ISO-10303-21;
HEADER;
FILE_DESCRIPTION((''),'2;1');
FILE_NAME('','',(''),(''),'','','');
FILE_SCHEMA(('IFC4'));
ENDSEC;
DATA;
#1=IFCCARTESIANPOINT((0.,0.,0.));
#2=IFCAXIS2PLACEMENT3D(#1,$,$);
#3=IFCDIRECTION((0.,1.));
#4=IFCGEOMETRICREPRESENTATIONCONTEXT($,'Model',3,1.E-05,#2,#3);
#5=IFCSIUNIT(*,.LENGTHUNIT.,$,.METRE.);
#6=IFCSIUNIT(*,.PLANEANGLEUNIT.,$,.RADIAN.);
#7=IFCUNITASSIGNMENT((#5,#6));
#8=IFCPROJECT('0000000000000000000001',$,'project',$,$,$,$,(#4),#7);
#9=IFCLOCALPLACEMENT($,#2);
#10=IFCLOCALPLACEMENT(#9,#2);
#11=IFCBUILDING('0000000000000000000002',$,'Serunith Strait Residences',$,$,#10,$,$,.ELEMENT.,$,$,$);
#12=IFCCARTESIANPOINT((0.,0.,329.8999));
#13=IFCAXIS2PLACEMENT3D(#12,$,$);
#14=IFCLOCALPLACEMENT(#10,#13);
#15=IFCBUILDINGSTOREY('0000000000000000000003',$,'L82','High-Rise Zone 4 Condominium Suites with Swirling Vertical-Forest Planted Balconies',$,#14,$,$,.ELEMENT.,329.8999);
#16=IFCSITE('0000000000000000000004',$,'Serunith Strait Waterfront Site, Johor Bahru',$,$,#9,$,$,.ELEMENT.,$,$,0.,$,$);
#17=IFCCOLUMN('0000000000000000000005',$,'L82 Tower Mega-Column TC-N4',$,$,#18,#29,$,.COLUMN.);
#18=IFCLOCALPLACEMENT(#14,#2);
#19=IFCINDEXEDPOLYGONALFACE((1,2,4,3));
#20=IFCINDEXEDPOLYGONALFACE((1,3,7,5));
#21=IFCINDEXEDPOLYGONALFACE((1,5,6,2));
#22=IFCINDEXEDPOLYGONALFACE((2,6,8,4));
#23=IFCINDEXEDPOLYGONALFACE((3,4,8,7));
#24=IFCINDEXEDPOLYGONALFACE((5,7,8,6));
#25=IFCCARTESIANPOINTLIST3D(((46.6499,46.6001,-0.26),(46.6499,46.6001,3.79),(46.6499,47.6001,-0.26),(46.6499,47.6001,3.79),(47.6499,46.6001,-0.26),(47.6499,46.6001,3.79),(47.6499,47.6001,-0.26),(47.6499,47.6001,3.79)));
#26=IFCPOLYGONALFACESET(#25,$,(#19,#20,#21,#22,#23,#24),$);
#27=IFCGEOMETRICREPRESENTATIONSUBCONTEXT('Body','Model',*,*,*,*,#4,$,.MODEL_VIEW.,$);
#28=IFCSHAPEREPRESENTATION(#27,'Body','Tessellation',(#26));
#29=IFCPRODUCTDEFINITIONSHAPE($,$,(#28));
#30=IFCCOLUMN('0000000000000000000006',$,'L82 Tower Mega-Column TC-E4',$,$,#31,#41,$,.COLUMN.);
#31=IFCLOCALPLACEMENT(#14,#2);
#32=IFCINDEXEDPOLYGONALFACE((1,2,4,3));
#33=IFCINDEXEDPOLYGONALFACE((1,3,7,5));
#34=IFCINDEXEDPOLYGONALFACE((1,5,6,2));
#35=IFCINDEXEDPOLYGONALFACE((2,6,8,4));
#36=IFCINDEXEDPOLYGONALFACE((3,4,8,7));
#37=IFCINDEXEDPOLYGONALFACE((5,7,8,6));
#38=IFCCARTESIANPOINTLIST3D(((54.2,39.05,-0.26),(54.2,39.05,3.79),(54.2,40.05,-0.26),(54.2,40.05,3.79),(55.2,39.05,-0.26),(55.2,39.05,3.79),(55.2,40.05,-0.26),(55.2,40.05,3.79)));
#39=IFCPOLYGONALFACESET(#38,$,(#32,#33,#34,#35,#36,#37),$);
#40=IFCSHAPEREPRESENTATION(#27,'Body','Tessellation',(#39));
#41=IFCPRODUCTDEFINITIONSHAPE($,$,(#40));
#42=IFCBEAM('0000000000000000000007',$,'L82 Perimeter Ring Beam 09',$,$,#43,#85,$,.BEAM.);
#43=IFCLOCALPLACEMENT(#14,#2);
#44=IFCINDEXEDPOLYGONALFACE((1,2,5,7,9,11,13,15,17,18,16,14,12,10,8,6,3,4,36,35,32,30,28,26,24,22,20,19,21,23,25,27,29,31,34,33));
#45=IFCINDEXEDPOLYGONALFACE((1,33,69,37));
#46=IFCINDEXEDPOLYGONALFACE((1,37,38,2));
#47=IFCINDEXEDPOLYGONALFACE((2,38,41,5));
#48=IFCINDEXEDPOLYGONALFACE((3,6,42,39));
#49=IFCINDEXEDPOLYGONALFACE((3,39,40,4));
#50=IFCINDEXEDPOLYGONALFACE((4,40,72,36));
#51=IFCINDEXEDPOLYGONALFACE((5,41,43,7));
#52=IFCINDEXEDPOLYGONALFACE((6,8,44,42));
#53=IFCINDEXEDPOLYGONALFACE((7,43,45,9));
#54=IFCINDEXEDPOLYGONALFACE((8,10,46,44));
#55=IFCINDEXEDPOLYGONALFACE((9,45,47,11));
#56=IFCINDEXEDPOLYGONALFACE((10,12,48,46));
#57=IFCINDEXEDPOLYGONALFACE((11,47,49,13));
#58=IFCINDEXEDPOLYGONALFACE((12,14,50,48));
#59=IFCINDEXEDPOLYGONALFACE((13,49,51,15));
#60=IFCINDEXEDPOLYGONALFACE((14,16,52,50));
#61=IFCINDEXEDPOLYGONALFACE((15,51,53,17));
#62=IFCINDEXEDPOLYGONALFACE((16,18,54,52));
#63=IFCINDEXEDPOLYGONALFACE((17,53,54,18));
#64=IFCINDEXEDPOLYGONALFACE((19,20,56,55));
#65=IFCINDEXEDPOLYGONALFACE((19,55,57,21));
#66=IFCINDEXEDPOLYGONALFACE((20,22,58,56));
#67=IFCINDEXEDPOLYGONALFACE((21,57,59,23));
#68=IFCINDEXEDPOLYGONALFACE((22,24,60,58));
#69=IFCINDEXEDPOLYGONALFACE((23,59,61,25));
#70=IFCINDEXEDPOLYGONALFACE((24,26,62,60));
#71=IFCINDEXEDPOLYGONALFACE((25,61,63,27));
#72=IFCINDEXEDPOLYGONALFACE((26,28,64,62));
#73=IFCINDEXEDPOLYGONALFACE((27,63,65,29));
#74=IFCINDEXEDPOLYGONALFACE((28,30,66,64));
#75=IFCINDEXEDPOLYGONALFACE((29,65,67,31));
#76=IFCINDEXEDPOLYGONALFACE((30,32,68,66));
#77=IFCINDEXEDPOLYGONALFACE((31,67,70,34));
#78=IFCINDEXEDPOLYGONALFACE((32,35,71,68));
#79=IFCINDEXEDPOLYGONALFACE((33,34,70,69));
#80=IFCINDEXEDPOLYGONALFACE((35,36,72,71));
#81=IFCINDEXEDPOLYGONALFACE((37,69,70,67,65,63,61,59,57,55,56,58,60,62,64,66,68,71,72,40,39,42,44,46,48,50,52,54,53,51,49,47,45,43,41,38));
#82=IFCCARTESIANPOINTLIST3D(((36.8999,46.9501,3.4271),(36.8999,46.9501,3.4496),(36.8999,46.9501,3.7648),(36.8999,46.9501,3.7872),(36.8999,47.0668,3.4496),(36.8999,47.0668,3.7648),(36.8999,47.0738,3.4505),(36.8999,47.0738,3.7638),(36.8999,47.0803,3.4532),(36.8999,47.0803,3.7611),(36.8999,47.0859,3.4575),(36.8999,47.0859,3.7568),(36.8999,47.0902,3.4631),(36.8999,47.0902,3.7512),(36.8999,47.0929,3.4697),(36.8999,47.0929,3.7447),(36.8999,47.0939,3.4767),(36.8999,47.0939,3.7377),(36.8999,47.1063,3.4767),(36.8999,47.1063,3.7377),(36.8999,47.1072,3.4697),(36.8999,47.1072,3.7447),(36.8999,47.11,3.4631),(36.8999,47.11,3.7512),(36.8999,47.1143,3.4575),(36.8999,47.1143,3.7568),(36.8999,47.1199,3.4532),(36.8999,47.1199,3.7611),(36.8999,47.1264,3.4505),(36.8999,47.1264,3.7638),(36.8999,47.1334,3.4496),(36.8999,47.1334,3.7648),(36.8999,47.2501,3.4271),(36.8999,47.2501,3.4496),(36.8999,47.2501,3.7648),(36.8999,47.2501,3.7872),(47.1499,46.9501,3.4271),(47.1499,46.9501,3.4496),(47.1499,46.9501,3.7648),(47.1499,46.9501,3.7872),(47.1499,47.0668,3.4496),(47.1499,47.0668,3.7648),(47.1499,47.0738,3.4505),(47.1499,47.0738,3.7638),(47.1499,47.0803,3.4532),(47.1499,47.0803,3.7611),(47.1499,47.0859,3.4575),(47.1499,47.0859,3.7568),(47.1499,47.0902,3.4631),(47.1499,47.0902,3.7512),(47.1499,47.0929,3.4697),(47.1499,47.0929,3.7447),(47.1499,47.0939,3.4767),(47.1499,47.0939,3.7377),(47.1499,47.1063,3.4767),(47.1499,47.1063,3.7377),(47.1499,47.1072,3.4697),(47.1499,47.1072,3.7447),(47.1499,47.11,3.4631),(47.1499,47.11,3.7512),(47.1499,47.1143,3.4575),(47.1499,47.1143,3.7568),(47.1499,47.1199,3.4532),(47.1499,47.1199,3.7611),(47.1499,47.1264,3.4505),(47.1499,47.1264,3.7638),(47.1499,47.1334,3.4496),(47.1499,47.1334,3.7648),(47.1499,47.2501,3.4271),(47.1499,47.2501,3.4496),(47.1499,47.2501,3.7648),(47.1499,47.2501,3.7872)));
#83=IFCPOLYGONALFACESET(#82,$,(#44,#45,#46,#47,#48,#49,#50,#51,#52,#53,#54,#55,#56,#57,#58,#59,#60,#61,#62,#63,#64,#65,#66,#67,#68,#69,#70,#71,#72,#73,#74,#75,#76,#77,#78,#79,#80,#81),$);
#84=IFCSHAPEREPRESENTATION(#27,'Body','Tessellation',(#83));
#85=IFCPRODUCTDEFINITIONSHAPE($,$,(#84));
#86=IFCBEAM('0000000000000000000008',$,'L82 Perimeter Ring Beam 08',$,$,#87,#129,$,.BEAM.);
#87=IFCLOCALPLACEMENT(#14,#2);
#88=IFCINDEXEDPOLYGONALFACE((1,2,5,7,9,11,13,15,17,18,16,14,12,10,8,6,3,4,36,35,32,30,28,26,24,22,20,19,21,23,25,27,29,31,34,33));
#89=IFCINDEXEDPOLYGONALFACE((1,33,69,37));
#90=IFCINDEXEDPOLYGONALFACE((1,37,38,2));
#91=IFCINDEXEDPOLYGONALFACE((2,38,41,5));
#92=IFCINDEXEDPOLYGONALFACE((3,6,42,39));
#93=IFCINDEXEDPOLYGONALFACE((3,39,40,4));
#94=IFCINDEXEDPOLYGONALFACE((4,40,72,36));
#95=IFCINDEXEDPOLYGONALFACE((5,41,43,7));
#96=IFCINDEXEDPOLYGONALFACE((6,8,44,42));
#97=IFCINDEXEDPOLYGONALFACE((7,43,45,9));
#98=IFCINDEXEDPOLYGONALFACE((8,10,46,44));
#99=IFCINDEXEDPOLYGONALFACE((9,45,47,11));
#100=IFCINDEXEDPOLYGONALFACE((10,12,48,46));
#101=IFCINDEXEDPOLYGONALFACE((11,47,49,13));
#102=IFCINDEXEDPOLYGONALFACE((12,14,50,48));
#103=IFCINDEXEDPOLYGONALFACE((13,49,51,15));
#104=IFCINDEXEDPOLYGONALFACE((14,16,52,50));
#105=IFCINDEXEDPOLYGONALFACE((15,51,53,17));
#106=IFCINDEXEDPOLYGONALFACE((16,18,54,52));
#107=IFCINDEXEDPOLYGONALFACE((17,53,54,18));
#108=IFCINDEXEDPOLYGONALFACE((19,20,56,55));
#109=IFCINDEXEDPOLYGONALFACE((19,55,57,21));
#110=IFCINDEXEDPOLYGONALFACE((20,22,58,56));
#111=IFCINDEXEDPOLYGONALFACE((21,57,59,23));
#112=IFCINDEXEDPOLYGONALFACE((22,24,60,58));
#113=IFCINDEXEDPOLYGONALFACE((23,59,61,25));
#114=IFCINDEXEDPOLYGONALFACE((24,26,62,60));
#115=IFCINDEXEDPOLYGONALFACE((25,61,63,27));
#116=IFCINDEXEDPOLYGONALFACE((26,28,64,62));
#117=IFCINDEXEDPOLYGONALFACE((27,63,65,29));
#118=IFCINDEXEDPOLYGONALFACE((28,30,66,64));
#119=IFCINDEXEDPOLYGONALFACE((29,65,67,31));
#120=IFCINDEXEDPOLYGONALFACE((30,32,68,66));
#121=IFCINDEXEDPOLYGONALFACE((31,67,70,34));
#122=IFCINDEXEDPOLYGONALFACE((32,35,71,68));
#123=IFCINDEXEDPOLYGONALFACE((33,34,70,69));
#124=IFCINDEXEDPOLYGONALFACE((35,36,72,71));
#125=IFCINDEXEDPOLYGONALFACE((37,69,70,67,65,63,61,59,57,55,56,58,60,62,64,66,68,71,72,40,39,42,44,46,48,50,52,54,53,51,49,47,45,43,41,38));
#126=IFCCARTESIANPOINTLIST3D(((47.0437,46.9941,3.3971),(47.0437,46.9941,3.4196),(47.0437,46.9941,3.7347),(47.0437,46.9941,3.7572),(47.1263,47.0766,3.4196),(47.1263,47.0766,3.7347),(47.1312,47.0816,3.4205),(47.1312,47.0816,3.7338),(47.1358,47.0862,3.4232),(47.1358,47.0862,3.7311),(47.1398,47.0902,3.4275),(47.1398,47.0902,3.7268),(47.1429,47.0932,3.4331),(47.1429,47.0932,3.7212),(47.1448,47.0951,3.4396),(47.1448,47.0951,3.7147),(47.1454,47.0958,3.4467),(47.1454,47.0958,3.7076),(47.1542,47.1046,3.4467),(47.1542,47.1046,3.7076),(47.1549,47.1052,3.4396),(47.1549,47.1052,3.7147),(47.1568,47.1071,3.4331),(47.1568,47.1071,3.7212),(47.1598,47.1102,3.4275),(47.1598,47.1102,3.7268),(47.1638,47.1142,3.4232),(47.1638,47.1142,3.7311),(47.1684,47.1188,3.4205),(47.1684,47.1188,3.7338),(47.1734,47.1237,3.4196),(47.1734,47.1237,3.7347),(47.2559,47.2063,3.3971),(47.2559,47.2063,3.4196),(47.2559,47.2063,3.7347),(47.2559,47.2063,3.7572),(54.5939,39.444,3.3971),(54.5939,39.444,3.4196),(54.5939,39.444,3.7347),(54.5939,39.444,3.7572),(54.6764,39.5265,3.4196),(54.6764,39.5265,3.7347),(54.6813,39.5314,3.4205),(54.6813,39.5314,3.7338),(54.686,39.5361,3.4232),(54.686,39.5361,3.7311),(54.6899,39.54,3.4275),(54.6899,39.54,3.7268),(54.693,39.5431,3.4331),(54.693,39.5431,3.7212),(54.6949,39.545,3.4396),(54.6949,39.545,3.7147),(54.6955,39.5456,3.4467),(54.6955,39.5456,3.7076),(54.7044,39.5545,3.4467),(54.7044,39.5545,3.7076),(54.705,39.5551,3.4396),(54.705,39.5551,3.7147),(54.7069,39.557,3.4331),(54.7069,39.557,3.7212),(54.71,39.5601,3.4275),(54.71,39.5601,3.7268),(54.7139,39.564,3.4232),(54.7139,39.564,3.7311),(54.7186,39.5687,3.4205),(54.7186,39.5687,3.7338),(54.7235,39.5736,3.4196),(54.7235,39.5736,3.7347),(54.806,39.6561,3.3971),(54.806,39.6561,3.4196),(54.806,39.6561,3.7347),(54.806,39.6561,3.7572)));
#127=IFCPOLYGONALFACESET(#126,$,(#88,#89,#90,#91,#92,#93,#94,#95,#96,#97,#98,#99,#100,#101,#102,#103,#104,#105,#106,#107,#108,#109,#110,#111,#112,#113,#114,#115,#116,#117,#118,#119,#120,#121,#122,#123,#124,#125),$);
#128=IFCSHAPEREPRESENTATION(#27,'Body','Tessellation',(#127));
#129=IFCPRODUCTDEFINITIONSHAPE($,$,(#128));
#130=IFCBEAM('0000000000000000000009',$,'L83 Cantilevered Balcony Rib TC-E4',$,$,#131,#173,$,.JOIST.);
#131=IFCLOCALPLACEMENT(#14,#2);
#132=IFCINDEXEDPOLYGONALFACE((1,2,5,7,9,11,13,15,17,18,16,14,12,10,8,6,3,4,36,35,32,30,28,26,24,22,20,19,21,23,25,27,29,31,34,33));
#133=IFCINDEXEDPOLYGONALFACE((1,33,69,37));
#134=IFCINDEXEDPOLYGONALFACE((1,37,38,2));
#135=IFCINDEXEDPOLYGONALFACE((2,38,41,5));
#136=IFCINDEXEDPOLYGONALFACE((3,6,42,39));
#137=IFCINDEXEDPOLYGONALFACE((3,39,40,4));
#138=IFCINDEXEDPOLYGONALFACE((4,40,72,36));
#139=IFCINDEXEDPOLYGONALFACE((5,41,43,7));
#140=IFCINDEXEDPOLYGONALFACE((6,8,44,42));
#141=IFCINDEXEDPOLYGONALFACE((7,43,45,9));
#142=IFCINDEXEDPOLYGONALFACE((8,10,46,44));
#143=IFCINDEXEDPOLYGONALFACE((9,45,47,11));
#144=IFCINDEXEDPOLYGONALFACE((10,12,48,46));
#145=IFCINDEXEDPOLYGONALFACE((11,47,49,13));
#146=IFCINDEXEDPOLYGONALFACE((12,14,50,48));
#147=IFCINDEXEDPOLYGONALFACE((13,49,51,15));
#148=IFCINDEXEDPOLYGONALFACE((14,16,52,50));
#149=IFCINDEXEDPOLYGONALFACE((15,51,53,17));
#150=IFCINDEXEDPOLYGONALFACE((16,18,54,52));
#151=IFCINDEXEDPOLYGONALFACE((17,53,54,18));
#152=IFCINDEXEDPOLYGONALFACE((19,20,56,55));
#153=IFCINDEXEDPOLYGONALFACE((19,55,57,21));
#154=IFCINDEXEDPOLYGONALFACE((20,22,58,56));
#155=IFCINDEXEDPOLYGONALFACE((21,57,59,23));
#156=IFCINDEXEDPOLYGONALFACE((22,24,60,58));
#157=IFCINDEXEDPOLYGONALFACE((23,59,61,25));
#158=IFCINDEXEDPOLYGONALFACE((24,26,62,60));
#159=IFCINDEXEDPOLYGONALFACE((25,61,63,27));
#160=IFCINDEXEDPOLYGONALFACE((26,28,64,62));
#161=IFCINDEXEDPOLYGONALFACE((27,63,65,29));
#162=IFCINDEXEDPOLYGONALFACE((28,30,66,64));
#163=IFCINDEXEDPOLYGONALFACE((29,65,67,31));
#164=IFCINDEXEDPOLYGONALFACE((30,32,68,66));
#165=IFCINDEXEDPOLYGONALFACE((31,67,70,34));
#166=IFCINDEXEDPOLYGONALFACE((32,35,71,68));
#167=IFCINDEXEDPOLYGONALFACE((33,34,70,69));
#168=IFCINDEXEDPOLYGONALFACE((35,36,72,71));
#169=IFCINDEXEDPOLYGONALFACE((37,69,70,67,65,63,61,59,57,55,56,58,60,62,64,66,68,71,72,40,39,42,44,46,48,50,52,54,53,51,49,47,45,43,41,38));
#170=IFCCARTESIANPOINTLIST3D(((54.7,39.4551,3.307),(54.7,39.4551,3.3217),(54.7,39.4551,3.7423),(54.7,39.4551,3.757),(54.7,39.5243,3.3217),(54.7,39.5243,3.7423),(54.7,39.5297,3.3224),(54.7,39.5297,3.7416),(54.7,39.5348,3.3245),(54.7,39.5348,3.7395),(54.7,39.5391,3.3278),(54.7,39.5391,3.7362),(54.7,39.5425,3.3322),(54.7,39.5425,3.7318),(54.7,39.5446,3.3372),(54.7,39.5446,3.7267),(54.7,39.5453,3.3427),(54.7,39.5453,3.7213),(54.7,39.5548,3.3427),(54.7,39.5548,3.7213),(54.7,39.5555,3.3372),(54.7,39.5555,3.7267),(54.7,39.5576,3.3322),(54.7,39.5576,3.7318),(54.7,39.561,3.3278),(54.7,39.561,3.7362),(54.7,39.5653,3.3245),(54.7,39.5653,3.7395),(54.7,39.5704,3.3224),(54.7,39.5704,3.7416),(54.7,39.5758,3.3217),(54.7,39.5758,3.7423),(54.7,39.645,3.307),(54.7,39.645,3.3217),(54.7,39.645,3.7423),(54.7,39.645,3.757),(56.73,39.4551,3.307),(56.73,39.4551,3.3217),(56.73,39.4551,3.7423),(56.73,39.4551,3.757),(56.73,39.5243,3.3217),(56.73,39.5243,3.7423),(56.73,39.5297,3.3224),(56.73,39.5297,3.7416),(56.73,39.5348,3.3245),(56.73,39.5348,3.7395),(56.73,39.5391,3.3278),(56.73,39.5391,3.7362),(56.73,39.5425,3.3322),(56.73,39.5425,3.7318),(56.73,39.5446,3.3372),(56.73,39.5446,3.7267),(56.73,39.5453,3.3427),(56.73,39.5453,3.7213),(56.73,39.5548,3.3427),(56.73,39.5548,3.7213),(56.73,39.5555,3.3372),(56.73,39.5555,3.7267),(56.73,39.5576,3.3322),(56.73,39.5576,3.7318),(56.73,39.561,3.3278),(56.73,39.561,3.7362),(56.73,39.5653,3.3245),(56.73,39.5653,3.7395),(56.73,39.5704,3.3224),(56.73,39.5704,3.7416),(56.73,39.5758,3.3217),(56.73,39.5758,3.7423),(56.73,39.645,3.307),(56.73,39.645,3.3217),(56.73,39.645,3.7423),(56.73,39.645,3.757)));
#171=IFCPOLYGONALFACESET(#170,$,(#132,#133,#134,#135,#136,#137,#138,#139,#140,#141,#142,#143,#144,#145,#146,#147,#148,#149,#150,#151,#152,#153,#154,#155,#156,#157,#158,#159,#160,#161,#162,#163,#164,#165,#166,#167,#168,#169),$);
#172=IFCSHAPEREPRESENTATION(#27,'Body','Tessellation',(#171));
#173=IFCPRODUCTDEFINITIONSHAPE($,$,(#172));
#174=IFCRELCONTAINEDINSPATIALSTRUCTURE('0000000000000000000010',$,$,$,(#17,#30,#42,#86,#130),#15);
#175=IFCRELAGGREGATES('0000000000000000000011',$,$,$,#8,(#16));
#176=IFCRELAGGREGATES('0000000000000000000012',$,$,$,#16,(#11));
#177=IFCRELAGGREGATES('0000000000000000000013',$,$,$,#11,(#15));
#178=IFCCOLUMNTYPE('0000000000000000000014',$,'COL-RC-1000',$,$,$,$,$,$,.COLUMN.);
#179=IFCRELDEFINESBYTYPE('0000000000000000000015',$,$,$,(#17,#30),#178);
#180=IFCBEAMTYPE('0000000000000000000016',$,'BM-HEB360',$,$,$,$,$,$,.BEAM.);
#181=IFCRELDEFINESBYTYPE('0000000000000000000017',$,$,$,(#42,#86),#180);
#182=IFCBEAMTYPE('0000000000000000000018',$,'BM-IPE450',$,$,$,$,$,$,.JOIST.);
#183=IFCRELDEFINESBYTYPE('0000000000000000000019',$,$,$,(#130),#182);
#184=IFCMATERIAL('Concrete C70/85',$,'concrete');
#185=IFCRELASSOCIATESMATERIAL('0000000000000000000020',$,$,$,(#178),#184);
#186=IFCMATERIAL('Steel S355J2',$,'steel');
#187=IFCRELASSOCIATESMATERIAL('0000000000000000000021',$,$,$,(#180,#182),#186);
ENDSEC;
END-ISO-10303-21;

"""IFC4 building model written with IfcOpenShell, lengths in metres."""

from ifc_helpers import new_model, si_unit, direction, frame, origin, origin_2d, place, context, subcontext, project, spatial, rectangle, i_section, extrude, source, transform, mapped, material, material_profile, profile_set, type_object, element, save


model = new_model("IFC4")

# Units and contexts
model_context = context("Model", 3, precision=1e-05, world=origin(), true_north=direction((0.0, 1.0)))
body_context = subcontext(model_context, "Body", "Model", "MODEL_VIEW")
ifc_project = project(units=[si_unit("LENGTHUNIT", "METRE"), si_unit("PLANEANGLEUNIT", "RADIAN")], contexts=[model_context])

# Site, building, storey
site_placement = place(None, origin())
site = spatial("IfcSite", under=ifc_project, at=site_placement, Name="Serunith Strait Waterfront Site, Johor Bahru", CompositionType="ELEMENT", RefElevation=0.0)
building_placement = place(site_placement, origin())
building = spatial("IfcBuilding", under=site, at=building_placement, Name="Serunith Strait Residences", CompositionType="ELEMENT")
storey_placement = place(building_placement, frame((0.0, 0.0, 329.8999)))
storey = spatial("IfcBuildingStorey", under=building, at=storey_placement, Name="L82", Description="High-Rise Zone 4 Condominium Suites with Swirling Vertical-Forest Planted Balconies", CompositionType="ELEMENT", Elevation=329.8999)

# Columns
ifc_material_1 = material(Name="Concrete C70/85", Category="concrete")
ifc_material_profile_1 = material_profile(ifc_material_1, rectangle(XDim=1.0, YDim=1.0, at=origin_2d()), Name="RC 1000x1000")
ifc_profile_set_1 = profile_set([ifc_material_profile_1], Name="Concrete C70/85")
column_type = type_object("IfcColumnType", Name="COL-RC-1000", PredefinedType="COLUMN", material=ifc_profile_set_1)
shared_shape_1 = source(origin(), body_context, "Body", "SweptSolid", [
    extrude(rectangle(XDim=1.0, YDim=1.0, at=origin_2d()), origin(), (0.0, 0.0, 1.0), 4.05),
])
for number, where, z_axis, x_axis, name in (
    (1, (47.1499, 47.1001, -0.26), (0.0, 0.0, 1.0), (1.0, 0.0, 0.0), "L82 Tower Mega-Column TC-N4"),
    (2, (54.7, 39.55, -0.26), (0.0, 0.0, 1.0), (1.0, 0.0, 0.0), "L82 Tower Mega-Column TC-E4"),
):
    element("IfcColumn", number, at=place(storey_placement, frame(where, z_axis=z_axis, x_axis=x_axis)), inside=storey, type_object=column_type, Name=name, PredefinedType="COLUMN", context=body_context, shape_type="MappedRepresentation", body=[
        mapped(shared_shape_1, transform((0.0, 0.0, 0.0), scale=1.0)),
    ])

# Beams
ifc_material_2 = material(Name="Steel S355J2", Category="steel")
ifc_material_profile_2 = material_profile(ifc_material_2, i_section(OverallWidth=0.3, OverallDepth=0.3601, WebThickness=0.0125, FlangeThickness=0.0225, FilletRadius=0.0271, at=origin_2d()), Name="HEB 360")
ifc_profile_set_2 = profile_set([ifc_material_profile_2], Name="Steel S355J2")
beam_type_1 = type_object("IfcBeamType", Name="BM-HEB360", PredefinedType="BEAM", material=ifc_profile_set_2)
shared_shape_2 = source(origin(), body_context, "Body", "SweptSolid", [
    extrude(i_section(OverallWidth=0.3, OverallDepth=0.3601, WebThickness=0.0125, FlangeThickness=0.0225, FilletRadius=0.0271, at=origin_2d()), origin(), (0.0, 0.0, 1.0), 10.25),
])
beam_1_placement = place(storey_placement, frame((47.1499, 47.1001, 3.6072), z_axis=(-1.0, 0.0, 0.0), x_axis=(0.0, -1.0, 0.0)))
element("IfcBeam", 3, at=beam_1_placement, inside=storey, type_object=beam_type_1, Name="L82 Perimeter Ring Beam 09", PredefinedType="BEAM", context=body_context, shape_type="MappedRepresentation", body=[
    mapped(shared_shape_2, transform((0.0, 0.0, 0.0), scale=1.0)),
])
shared_shape_3 = source(origin(), body_context, "Body", "SweptSolid", [
    extrude(i_section(OverallWidth=0.3, OverallDepth=0.3601, WebThickness=0.0125, FlangeThickness=0.0225, FilletRadius=0.0271, at=origin_2d()), origin(), (0.0, 0.0, 1.0), 10.6775),
])
beam_2_placement = place(storey_placement, frame((54.7, 39.55, 3.5771), z_axis=(-0.707107, 0.707107, 0.0), x_axis=(-0.707107, -0.707107, 0.0)))
element("IfcBeam", 4, at=beam_2_placement, inside=storey, type_object=beam_type_1, Name="L82 Perimeter Ring Beam 08", PredefinedType="BEAM", context=body_context, shape_type="MappedRepresentation", body=[
    mapped(shared_shape_3, transform((0.0, 0.0, 0.0), scale=1.0)),
])
ifc_material_profile_3 = material_profile(ifc_material_2, i_section(OverallWidth=0.1899, OverallDepth=0.45, WebThickness=0.0095, FlangeThickness=0.0146, FilletRadius=0.021, at=origin_2d()), Name="IPE 450")
ifc_profile_set_3 = profile_set([ifc_material_profile_3], Name="Steel S355J2")
beam_type_2 = type_object("IfcBeamType", Name="BM-IPE450", PredefinedType="JOIST", material=ifc_profile_set_3)
shared_shape_4 = source(origin(), body_context, "Body", "SweptSolid", [
    extrude(i_section(OverallWidth=0.1899, OverallDepth=0.45, WebThickness=0.0095, FlangeThickness=0.0146, FilletRadius=0.021, at=origin_2d()), origin(), (0.0, 0.0, 1.0), 2.03),
])
beam_3_placement = place(storey_placement, frame((54.7, 39.55, 3.532), z_axis=(1.0, 0.0, 0.0), x_axis=(0.0, 1.0, 0.0)))
element("IfcBeam", 5, at=beam_3_placement, inside=storey, type_object=beam_type_2, Name="L83 Cantilevered Balcony Rib TC-E4", PredefinedType="JOIST", context=body_context, shape_type="MappedRepresentation", body=[
    mapped(shared_shape_4, transform((0.0, 0.0, 0.0), scale=1.0)),
])

save(model, "model.ifc")
